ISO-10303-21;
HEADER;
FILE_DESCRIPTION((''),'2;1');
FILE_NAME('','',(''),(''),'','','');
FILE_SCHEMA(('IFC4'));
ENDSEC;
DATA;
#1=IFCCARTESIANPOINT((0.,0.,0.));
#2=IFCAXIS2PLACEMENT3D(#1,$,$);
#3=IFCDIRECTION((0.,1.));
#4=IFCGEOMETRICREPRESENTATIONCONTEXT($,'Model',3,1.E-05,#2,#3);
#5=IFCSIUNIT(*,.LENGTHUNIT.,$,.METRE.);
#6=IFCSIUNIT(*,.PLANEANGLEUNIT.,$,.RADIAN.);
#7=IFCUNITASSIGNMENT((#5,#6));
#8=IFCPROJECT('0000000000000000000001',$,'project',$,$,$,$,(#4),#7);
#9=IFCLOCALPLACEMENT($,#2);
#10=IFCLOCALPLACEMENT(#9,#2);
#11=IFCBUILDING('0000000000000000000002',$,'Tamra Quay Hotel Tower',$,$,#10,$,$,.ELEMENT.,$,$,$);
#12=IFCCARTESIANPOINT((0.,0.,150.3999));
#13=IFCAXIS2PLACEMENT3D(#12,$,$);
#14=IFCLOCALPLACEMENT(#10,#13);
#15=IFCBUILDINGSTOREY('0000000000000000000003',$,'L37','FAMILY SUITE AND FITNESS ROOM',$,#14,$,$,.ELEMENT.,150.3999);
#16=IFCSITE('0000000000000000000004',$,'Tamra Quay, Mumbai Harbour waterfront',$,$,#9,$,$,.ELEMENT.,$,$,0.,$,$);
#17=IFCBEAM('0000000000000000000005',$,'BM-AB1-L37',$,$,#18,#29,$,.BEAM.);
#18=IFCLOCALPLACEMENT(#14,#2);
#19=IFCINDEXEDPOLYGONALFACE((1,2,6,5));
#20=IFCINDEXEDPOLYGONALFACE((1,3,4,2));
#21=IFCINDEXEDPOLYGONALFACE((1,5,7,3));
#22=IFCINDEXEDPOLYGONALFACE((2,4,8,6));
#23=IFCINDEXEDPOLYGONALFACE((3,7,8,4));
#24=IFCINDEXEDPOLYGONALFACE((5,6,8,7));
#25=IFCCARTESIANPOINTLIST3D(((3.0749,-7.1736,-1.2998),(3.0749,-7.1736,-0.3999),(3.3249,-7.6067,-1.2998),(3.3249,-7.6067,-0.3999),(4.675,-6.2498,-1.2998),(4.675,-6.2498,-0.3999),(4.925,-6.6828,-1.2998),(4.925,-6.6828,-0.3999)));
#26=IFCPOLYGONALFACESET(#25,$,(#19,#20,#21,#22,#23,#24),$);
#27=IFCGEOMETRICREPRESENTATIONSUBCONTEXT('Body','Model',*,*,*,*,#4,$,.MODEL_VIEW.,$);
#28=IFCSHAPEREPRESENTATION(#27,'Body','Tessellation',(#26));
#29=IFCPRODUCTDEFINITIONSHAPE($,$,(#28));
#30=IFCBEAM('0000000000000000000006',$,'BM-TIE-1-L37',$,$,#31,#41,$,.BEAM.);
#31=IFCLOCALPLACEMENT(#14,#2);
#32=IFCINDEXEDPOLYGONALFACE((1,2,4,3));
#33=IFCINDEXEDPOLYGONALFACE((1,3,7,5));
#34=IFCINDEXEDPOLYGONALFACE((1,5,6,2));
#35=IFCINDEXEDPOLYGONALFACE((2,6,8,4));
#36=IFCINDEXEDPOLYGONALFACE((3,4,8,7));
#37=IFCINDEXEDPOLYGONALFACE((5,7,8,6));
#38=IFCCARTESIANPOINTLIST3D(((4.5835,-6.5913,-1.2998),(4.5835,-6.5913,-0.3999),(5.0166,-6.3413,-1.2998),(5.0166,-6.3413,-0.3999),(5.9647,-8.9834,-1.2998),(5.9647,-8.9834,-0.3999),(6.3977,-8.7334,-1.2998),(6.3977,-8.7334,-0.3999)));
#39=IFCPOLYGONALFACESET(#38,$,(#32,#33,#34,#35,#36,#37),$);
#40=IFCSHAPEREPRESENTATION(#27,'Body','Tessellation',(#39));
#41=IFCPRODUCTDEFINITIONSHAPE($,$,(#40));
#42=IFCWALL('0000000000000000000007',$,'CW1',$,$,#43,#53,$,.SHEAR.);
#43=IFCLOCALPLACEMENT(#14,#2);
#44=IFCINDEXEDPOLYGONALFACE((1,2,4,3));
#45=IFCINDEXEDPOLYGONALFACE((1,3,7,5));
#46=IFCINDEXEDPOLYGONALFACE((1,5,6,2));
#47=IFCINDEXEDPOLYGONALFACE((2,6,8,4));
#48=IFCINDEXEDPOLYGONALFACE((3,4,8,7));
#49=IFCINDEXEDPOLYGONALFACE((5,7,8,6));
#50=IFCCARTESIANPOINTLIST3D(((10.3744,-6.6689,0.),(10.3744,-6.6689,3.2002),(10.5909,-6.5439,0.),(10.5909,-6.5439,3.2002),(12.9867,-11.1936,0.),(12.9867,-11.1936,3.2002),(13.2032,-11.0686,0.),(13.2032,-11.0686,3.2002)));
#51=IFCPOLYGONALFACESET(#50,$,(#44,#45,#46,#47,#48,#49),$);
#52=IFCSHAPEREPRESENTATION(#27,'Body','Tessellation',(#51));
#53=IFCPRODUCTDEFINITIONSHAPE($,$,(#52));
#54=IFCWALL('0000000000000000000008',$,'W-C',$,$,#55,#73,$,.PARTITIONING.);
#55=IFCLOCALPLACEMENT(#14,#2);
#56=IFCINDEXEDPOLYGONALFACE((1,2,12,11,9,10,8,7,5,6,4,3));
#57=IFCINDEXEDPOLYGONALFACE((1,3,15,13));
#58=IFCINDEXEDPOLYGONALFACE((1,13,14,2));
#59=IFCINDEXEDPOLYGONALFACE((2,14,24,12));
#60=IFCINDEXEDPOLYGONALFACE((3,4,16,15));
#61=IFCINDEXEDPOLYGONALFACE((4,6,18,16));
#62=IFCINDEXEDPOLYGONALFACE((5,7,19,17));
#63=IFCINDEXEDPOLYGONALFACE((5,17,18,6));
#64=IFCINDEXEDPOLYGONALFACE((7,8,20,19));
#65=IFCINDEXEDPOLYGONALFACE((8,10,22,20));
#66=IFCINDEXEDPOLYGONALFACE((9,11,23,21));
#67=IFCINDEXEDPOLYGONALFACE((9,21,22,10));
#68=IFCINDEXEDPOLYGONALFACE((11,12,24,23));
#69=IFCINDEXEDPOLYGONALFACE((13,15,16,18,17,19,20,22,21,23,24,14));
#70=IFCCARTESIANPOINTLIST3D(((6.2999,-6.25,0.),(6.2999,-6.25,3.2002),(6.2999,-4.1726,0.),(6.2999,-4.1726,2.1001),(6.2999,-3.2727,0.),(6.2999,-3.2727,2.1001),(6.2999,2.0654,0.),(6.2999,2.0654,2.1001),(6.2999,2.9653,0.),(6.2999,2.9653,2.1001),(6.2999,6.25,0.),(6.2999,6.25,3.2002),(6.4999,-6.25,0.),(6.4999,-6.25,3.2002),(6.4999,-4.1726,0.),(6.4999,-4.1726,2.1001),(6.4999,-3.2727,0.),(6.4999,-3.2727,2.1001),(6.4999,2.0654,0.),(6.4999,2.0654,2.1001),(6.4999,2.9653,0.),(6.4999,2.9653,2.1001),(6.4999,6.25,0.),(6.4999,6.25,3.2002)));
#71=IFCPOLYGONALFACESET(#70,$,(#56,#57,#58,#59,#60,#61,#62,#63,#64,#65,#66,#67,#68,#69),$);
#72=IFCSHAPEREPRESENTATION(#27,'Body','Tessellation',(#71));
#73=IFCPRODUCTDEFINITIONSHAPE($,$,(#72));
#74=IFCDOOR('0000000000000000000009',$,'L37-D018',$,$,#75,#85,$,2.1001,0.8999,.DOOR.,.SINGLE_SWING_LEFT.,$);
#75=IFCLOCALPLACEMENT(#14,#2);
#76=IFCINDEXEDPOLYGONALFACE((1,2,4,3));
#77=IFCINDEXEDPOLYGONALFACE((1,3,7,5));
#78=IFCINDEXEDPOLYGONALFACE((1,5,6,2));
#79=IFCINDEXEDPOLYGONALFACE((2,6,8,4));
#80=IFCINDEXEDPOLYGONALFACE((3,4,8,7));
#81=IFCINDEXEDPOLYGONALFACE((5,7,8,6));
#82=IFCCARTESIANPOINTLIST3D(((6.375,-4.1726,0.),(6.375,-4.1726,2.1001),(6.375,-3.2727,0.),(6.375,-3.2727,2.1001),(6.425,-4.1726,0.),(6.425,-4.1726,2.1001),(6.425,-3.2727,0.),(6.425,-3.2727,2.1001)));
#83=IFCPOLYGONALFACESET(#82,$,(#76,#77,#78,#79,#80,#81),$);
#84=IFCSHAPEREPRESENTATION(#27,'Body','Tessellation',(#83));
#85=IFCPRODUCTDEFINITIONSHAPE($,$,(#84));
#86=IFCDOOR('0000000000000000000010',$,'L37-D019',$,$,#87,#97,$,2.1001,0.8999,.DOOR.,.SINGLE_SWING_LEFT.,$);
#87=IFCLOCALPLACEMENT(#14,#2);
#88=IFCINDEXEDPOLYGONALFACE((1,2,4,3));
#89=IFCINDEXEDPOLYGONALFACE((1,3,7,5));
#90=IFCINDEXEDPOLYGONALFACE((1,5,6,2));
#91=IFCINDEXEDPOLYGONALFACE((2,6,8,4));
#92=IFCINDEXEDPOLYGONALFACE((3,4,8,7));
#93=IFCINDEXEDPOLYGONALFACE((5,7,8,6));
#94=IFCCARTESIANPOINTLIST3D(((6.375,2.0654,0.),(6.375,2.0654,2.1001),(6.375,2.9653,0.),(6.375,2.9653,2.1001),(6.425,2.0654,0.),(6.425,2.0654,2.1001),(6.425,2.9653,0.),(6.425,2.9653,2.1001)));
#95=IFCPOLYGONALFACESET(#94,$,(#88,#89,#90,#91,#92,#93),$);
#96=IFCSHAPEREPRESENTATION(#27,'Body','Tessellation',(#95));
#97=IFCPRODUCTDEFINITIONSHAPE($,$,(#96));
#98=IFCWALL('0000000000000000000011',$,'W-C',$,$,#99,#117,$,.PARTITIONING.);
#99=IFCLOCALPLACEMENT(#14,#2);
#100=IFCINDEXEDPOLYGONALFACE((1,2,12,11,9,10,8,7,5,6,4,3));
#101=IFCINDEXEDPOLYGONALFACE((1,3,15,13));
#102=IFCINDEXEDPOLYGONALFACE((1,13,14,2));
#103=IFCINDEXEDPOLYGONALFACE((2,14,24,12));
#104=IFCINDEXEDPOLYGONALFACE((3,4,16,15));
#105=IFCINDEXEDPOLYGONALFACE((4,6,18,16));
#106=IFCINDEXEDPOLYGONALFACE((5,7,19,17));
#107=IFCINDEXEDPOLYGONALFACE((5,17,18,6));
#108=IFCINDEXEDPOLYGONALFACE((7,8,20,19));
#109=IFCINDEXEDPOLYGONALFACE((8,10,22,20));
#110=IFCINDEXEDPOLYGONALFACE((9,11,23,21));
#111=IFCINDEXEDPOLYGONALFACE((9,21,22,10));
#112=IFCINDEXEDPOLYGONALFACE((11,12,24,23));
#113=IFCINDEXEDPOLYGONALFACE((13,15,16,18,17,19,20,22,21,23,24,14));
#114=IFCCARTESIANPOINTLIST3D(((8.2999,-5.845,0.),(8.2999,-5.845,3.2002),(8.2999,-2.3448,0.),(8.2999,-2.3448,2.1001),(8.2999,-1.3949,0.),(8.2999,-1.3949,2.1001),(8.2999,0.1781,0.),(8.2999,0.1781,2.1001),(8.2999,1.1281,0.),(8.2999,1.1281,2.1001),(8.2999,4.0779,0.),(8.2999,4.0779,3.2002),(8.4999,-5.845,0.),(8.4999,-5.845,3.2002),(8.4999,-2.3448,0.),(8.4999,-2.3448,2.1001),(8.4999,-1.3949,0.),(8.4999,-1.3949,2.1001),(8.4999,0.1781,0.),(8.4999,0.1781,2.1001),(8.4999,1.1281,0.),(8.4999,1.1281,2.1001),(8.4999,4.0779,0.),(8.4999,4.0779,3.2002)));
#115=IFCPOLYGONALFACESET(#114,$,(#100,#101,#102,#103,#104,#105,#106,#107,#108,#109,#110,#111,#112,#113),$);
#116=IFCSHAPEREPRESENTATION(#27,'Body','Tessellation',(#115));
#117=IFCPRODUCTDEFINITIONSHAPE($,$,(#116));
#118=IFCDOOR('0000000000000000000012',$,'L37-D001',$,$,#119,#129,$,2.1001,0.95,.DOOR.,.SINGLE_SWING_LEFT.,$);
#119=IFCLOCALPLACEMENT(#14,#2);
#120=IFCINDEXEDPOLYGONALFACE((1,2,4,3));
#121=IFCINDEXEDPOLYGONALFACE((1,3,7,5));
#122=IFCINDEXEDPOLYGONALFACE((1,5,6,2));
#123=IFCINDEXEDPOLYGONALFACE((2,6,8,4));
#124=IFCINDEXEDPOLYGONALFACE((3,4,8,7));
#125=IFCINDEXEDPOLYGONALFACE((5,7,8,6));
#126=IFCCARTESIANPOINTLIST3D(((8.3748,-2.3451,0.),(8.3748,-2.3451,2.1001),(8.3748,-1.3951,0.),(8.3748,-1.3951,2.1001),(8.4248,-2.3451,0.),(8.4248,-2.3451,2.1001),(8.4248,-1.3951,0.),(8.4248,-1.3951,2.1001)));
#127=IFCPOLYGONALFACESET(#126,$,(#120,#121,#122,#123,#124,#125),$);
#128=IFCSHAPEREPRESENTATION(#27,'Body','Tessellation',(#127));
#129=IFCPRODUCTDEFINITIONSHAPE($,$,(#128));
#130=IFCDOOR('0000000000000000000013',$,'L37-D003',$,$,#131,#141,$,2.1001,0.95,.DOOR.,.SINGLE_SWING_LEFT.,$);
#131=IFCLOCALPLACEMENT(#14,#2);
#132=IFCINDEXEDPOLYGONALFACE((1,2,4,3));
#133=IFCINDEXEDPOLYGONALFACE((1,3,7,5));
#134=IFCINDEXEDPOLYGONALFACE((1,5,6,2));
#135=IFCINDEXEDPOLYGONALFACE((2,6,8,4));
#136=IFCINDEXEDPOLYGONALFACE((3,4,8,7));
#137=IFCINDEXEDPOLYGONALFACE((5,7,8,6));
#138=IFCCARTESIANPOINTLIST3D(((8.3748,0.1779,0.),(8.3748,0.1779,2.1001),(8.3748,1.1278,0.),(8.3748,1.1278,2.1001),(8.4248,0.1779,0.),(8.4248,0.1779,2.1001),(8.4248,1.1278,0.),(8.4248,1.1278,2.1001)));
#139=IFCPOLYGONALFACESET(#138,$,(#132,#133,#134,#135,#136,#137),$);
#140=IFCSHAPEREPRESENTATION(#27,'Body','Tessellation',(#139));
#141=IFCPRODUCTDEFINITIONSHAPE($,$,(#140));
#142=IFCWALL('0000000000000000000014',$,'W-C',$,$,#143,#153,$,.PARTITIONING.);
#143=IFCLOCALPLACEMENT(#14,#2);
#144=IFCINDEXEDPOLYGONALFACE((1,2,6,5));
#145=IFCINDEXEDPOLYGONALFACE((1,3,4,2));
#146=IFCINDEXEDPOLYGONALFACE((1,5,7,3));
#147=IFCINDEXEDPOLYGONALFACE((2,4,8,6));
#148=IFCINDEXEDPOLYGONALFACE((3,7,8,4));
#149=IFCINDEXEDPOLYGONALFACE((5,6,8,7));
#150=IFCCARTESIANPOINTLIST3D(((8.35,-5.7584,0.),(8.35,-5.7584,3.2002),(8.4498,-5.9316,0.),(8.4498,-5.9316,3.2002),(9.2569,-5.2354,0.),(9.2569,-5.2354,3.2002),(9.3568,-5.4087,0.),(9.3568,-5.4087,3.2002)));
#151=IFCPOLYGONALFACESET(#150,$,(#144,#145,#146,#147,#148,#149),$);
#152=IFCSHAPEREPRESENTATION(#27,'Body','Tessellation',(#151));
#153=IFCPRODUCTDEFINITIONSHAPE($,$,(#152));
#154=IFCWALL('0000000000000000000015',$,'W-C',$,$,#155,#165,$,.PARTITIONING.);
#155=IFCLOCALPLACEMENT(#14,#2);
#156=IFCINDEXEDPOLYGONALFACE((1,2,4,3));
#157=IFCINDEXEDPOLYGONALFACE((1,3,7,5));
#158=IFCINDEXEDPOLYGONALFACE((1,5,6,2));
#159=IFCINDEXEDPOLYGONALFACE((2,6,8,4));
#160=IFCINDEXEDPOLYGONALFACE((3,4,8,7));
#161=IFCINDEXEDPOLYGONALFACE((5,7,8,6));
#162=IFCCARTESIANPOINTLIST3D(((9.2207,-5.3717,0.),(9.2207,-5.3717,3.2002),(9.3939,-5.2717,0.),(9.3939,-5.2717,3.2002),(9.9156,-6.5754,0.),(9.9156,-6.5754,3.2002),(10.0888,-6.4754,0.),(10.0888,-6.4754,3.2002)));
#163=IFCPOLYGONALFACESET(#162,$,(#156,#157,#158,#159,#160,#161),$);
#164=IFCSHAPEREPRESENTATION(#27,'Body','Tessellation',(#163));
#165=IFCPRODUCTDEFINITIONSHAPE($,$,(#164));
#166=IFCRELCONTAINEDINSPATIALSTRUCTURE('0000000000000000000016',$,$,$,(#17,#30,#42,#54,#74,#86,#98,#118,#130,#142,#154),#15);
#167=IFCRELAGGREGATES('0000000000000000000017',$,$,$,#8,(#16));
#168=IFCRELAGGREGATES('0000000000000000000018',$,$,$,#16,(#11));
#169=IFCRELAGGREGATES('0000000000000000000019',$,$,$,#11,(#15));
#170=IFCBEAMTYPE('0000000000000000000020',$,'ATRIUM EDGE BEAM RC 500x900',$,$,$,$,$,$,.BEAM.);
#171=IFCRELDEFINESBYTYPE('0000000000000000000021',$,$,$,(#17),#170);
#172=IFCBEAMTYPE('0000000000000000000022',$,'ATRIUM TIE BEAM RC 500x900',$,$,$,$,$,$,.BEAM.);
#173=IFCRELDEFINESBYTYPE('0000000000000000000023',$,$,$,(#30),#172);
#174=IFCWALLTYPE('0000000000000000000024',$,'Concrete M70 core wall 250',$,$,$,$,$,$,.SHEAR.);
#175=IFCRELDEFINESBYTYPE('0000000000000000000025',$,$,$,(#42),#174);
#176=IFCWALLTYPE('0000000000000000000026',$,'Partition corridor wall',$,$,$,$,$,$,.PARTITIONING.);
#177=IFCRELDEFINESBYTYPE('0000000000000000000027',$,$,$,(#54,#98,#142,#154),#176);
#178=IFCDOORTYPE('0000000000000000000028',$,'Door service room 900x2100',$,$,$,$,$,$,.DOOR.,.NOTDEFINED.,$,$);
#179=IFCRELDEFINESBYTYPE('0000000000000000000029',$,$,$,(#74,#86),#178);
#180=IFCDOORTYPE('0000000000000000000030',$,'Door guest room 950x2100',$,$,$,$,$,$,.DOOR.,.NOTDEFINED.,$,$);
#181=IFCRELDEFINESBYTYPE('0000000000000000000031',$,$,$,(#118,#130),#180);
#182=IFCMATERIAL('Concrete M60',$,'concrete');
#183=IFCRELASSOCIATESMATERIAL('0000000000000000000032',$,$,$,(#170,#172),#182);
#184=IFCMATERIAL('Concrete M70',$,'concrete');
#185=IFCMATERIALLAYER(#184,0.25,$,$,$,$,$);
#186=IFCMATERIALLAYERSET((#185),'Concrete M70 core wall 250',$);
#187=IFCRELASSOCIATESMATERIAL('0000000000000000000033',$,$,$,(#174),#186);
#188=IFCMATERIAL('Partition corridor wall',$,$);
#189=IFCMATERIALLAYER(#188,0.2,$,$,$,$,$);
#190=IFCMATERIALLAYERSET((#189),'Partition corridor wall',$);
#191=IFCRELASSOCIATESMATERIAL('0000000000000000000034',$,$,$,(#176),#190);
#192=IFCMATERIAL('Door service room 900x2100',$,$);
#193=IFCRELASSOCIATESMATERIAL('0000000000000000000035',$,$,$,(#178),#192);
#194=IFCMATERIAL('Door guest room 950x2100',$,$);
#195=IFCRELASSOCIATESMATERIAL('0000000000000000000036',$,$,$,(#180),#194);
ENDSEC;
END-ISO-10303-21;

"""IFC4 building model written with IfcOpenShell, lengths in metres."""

from ifc_helpers import new_model, si_unit, direction, frame, frame_2d, origin, origin_2d, place, context, subcontext, project, spatial, rectangle, extrude, material, layer, layer_set, material_profile, profile_set, type_object, element, fill, save


model = new_model("IFC4")

# Units and contexts
model_context = context("Model", 3, precision=1e-05, world=origin(), true_north=direction((0.0, 1.0)))
body_context = subcontext(model_context, "Body", "Model", "MODEL_VIEW")
ifc_project = project(units=[si_unit("LENGTHUNIT", "METRE"), si_unit("PLANEANGLEUNIT", "RADIAN")], contexts=[model_context])

# Site, building, storey
site_placement = place(None, origin())
site = spatial("IfcSite", under=ifc_project, at=site_placement, Name="Tamra Quay, Mumbai Harbour waterfront", CompositionType="ELEMENT", RefElevation=0.0)
building_placement = place(site_placement, origin())
building = spatial("IfcBuilding", under=site, at=building_placement, Name="Tamra Quay Hotel Tower", CompositionType="ELEMENT")
storey_placement = place(building_placement, frame((0.0, 0.0, 150.3999)))
storey = spatial("IfcBuildingStorey", under=building, at=storey_placement, Name="L37", Description="FAMILY SUITE AND FITNESS ROOM", CompositionType="ELEMENT", Elevation=150.3999)

# Beams
ifc_material_1 = material(Name="Concrete M60", Category="concrete")
ifc_material_profile_1 = material_profile(ifc_material_1, rectangle(XDim=0.5, YDim=0.8999, at=origin_2d()), Name="ATRIUM EDGE BEAM RC 500x900")
ifc_profile_set_1 = profile_set([ifc_material_profile_1], Name="Concrete M60")
beam_type_1 = type_object("IfcBeamType", Name="ATRIUM EDGE BEAM RC 500x900", PredefinedType="BEAM", material=ifc_profile_set_1)
beam_1_placement = place(storey_placement, frame((4.8, -6.4663, -0.8499), z_axis=(-0.866023, -0.500005, 0.0), x_axis=(0.500005, -0.866023, 0.0)))
element("IfcBeam", 1, at=beam_1_placement, inside=storey, type_object=beam_type_1, Name="BM-AB1-L37", PredefinedType="BEAM", context=body_context, shape_type="SweptSolid", body=[
    extrude(rectangle(XDim=0.5, YDim=0.8999, at=origin_2d()), origin(), (0.0, 0.0, 1.0), 1.8477),
])
ifc_material_profile_2 = material_profile(ifc_material_1, rectangle(XDim=0.5, YDim=0.8999, at=origin_2d()), Name="ATRIUM TIE BEAM RC 500x900")
ifc_profile_set_2 = profile_set([ifc_material_profile_2], Name="Concrete M60")
beam_type_2 = type_object("IfcBeamType", Name="ATRIUM TIE BEAM RC 500x900", PredefinedType="BEAM", material=ifc_profile_set_2)
beam_2_placement = place(storey_placement, frame((4.8, -6.4663, -0.8499), z_axis=(0.500008, -0.866021, 0.0), x_axis=(0.866021, 0.500008, 0.0)))
element("IfcBeam", 2, at=beam_2_placement, inside=storey, type_object=beam_type_2, Name="BM-TIE-1-L37", PredefinedType="BEAM", context=body_context, shape_type="SweptSolid", body=[
    extrude(rectangle(XDim=0.5, YDim=0.8999, at=origin_2d()), origin(), (0.0, 0.0, 1.0), 2.7622),
])

# Wall
ifc_material_2 = material(Name="Concrete M70", Category="concrete")
ifc_layer_1 = layer(ifc_material_2, 0.25)
ifc_layer_set_1 = layer_set([ifc_layer_1], Name="Concrete M70 core wall 250")
wall_type_1 = type_object("IfcWallType", Name="Concrete M70 core wall 250", PredefinedType="SHEAR", material=ifc_layer_set_1)
wall_1_placement = place(storey_placement, frame((10.4827, -6.6064, 0.0), z_axis=(0.0, 0.0, 1.0), x_axis=(0.499999, -0.866026, 0.0)))
element("IfcWall", 3, at=wall_1_placement, inside=storey, type_object=wall_type_1, Name="CW1", PredefinedType="SHEAR", context=body_context, shape_type="SweptSolid", body=[
    extrude(rectangle(XDim=5.2246, YDim=0.25, at=frame_2d((2.6123, 0.0))), origin(), (0.0, 0.0, 1.0), 3.2002),
])

# Walls, openings, doors
ifc_material_3 = material(Name="Partition corridor wall")
ifc_layer_2 = layer(ifc_material_3, 0.2)
ifc_layer_set_2 = layer_set([ifc_layer_2], Name="Partition corridor wall")
wall_type_2 = type_object("IfcWallType", Name="Partition corridor wall", PredefinedType="PARTITIONING", material=ifc_layer_set_2)
wall_2_placement = place(storey_placement, frame((6.3999, -6.25, 0.0), z_axis=(0.0, 0.0, 1.0), x_axis=(0.0, 1.0, 0.0)))
wall_2 = element("IfcWall", 4, at=wall_2_placement, inside=storey, type_object=wall_type_2, Name="W-C", PredefinedType="PARTITIONING", context=body_context, shape_type="SweptSolid", body=[
    extrude(rectangle(XDim=12.5, YDim=0.2, at=frame_2d((6.25, 0.0))), origin(), (0.0, 0.0, 1.0), 3.2002),
])
opening_1_placement = place(wall_2_placement, frame((2.0774, 0.0, 0.0)))
opening_1 = element("IfcOpeningElement", 5, at=opening_1_placement, cuts=wall_2, PredefinedType="OPENING", context=body_context, shape_type="SweptSolid", body=[
    extrude(rectangle(XDim=0.8999, YDim=2.1001, at=frame_2d((0.45, 1.05))), frame((0.0, 0.1099, 0.0), z_axis=(0.0, -1.0, 0.0), x_axis=(1.0, 0.0, 0.0)), (0.0, 0.0, 1.0), 0.22),
])
opening_2_placement = place(wall_2_placement, frame((8.3154, 0.0, 0.0)))
opening_2 = element("IfcOpeningElement", 6, at=opening_2_placement, cuts=wall_2, PredefinedType="OPENING", context=body_context, shape_type="SweptSolid", body=[
    extrude(rectangle(XDim=0.8999, YDim=2.1001, at=frame_2d((0.45, 1.05))), frame((0.0, 0.1099, 0.0), z_axis=(0.0, -1.0, 0.0), x_axis=(1.0, 0.0, 0.0)), (0.0, 0.0, 1.0), 0.22),
])
ifc_material_4 = material(Name="Door service room 900x2100")
door_type_1 = type_object("IfcDoorType", Name="Door service room 900x2100", OperationType="NOTDEFINED", PredefinedType="DOOR", material=ifc_material_4)
door_1_placement = place(opening_1_placement, origin())
door_1 = element("IfcDoor", 7, at=door_1_placement, inside=storey, type_object=door_type_1, Name="L37-D018", OperationType="SINGLE_SWING_LEFT", OverallHeight=2.1001, OverallWidth=0.8999, PredefinedType="DOOR", context=body_context, shape_type="SweptSolid", body=[
    extrude(rectangle(XDim=0.8999, YDim=2.1001, at=frame_2d((0.45, 1.05))), frame((0.0, 0.0249, 0.0), z_axis=(0.0, -1.0, 0.0), x_axis=(1.0, 0.0, 0.0)), (0.0, 0.0, 1.0), 0.05),
])
fill(opening_1, door_1)
door_2_placement = place(opening_2_placement, origin())
door_2 = element("IfcDoor", 8, at=door_2_placement, inside=storey, type_object=door_type_1, Name="L37-D019", OperationType="SINGLE_SWING_LEFT", OverallHeight=2.1001, OverallWidth=0.8999, PredefinedType="DOOR", context=body_context, shape_type="SweptSolid", body=[
    extrude(rectangle(XDim=0.8999, YDim=2.1001, at=frame_2d((0.45, 1.05))), frame((0.0, 0.0249, 0.0), z_axis=(0.0, -1.0, 0.0), x_axis=(1.0, 0.0, 0.0)), (0.0, 0.0, 1.0), 0.05),
])
fill(opening_2, door_2)
wall_3_placement = place(storey_placement, frame((8.3999, -5.845, 0.0), z_axis=(0.0, 0.0, 1.0), x_axis=(0.0, 1.0, 0.0)))
wall_3 = element("IfcWall", 9, at=wall_3_placement, inside=storey, type_object=wall_type_2, Name="W-C", PredefinedType="PARTITIONING", context=body_context, shape_type="SweptSolid", body=[
    extrude(rectangle(XDim=9.9229, YDim=0.2, at=frame_2d((4.9614, 0.0))), origin(), (0.0, 0.0, 1.0), 3.2002),
])
opening_3_placement = place(wall_3_placement, frame((3.5, 0.0, 0.0)))
opening_3 = element("IfcOpeningElement", 10, at=opening_3_placement, cuts=wall_3, PredefinedType="OPENING", context=body_context, shape_type="SweptSolid", body=[
    extrude(rectangle(XDim=0.95, YDim=2.1001, at=frame_2d((0.4751, 1.05))), frame((0.0, 0.1099, 0.0), z_axis=(0.0, -1.0, 0.0), x_axis=(1.0, 0.0, 0.0)), (0.0, 0.0, 1.0), 0.22),
])
opening_4_placement = place(wall_3_placement, frame((6.0229, 0.0, 0.0)))
opening_4 = element("IfcOpeningElement", 11, at=opening_4_placement, cuts=wall_3, PredefinedType="OPENING", context=body_context, shape_type="SweptSolid", body=[
    extrude(rectangle(XDim=0.95, YDim=2.1001, at=frame_2d((0.4751, 1.05))), frame((0.0, 0.1099, 0.0), z_axis=(0.0, -1.0, 0.0), x_axis=(1.0, 0.0, 0.0)), (0.0, 0.0, 1.0), 0.22),
])
ifc_material_5 = material(Name="Door guest room 950x2100")
door_type_2 = type_object("IfcDoorType", Name="Door guest room 950x2100", OperationType="NOTDEFINED", PredefinedType="DOOR", material=ifc_material_5)
door_3_placement = place(opening_3_placement, frame((0.95, 0.0, 0.0), z_axis=(0.0, 0.0, 1.0), x_axis=(-1.0, 0.0, 0.0)))
door_3 = element("IfcDoor", 12, at=door_3_placement, inside=storey, type_object=door_type_2, Name="L37-D001", OperationType="SINGLE_SWING_LEFT", OverallHeight=2.1001, OverallWidth=0.95, PredefinedType="DOOR", context=body_context, shape_type="SweptSolid", body=[
    extrude(rectangle(XDim=0.95, YDim=2.1001, at=frame_2d((0.4751, 1.05))), frame((0.0, 0.0249, 0.0), z_axis=(0.0, -1.0, 0.0), x_axis=(1.0, 0.0, 0.0)), (0.0, 0.0, 1.0), 0.05),
])
fill(opening_3, door_3)
door_4_placement = place(opening_4_placement, frame((0.95, 0.0, 0.0), z_axis=(0.0, 0.0, 1.0), x_axis=(-1.0, 0.0, 0.0)))
door_4 = element("IfcDoor", 13, at=door_4_placement, inside=storey, type_object=door_type_2, Name="L37-D003", OperationType="SINGLE_SWING_LEFT", OverallHeight=2.1001, OverallWidth=0.95, PredefinedType="DOOR", context=body_context, shape_type="SweptSolid", body=[
    extrude(rectangle(XDim=0.95, YDim=2.1001, at=frame_2d((0.4751, 1.05))), frame((0.0, 0.0249, 0.0), z_axis=(0.0, -1.0, 0.0), x_axis=(1.0, 0.0, 0.0)), (0.0, 0.0, 1.0), 0.05),
])
fill(opening_4, door_4)

# Walls
wall_4_placement = place(storey_placement, frame((8.3999, -5.845, 0.0), z_axis=(0.0, 0.0, 1.0), x_axis=(0.866314, 0.4995, 0.0)))
element("IfcWall", 14, at=wall_4_placement, inside=storey, type_object=wall_type_2, Name="W-C", PredefinedType="PARTITIONING", context=body_context, shape_type="SweptSolid", body=[
    extrude(rectangle(XDim=1.0469, YDim=0.2, at=frame_2d((0.5234, 0.0))), origin(), (0.0, 0.0, 1.0), 3.2002),
])
wall_5_placement = place(storey_placement, frame((9.3074, -5.3218, 0.0), z_axis=(0.0, 0.0, 1.0), x_axis=(0.499956, -0.866051, 0.0)))
element("IfcWall", 15, at=wall_5_placement, inside=storey, type_object=wall_type_2, Name="W-C", PredefinedType="PARTITIONING", context=body_context, shape_type="SweptSolid", body=[
    extrude(rectangle(XDim=1.3899, YDim=0.2, at=frame_2d((0.6948, 0.0))), origin(), (0.0, 0.0, 1.0), 3.2002),
])

save(model, "model.ifc")
